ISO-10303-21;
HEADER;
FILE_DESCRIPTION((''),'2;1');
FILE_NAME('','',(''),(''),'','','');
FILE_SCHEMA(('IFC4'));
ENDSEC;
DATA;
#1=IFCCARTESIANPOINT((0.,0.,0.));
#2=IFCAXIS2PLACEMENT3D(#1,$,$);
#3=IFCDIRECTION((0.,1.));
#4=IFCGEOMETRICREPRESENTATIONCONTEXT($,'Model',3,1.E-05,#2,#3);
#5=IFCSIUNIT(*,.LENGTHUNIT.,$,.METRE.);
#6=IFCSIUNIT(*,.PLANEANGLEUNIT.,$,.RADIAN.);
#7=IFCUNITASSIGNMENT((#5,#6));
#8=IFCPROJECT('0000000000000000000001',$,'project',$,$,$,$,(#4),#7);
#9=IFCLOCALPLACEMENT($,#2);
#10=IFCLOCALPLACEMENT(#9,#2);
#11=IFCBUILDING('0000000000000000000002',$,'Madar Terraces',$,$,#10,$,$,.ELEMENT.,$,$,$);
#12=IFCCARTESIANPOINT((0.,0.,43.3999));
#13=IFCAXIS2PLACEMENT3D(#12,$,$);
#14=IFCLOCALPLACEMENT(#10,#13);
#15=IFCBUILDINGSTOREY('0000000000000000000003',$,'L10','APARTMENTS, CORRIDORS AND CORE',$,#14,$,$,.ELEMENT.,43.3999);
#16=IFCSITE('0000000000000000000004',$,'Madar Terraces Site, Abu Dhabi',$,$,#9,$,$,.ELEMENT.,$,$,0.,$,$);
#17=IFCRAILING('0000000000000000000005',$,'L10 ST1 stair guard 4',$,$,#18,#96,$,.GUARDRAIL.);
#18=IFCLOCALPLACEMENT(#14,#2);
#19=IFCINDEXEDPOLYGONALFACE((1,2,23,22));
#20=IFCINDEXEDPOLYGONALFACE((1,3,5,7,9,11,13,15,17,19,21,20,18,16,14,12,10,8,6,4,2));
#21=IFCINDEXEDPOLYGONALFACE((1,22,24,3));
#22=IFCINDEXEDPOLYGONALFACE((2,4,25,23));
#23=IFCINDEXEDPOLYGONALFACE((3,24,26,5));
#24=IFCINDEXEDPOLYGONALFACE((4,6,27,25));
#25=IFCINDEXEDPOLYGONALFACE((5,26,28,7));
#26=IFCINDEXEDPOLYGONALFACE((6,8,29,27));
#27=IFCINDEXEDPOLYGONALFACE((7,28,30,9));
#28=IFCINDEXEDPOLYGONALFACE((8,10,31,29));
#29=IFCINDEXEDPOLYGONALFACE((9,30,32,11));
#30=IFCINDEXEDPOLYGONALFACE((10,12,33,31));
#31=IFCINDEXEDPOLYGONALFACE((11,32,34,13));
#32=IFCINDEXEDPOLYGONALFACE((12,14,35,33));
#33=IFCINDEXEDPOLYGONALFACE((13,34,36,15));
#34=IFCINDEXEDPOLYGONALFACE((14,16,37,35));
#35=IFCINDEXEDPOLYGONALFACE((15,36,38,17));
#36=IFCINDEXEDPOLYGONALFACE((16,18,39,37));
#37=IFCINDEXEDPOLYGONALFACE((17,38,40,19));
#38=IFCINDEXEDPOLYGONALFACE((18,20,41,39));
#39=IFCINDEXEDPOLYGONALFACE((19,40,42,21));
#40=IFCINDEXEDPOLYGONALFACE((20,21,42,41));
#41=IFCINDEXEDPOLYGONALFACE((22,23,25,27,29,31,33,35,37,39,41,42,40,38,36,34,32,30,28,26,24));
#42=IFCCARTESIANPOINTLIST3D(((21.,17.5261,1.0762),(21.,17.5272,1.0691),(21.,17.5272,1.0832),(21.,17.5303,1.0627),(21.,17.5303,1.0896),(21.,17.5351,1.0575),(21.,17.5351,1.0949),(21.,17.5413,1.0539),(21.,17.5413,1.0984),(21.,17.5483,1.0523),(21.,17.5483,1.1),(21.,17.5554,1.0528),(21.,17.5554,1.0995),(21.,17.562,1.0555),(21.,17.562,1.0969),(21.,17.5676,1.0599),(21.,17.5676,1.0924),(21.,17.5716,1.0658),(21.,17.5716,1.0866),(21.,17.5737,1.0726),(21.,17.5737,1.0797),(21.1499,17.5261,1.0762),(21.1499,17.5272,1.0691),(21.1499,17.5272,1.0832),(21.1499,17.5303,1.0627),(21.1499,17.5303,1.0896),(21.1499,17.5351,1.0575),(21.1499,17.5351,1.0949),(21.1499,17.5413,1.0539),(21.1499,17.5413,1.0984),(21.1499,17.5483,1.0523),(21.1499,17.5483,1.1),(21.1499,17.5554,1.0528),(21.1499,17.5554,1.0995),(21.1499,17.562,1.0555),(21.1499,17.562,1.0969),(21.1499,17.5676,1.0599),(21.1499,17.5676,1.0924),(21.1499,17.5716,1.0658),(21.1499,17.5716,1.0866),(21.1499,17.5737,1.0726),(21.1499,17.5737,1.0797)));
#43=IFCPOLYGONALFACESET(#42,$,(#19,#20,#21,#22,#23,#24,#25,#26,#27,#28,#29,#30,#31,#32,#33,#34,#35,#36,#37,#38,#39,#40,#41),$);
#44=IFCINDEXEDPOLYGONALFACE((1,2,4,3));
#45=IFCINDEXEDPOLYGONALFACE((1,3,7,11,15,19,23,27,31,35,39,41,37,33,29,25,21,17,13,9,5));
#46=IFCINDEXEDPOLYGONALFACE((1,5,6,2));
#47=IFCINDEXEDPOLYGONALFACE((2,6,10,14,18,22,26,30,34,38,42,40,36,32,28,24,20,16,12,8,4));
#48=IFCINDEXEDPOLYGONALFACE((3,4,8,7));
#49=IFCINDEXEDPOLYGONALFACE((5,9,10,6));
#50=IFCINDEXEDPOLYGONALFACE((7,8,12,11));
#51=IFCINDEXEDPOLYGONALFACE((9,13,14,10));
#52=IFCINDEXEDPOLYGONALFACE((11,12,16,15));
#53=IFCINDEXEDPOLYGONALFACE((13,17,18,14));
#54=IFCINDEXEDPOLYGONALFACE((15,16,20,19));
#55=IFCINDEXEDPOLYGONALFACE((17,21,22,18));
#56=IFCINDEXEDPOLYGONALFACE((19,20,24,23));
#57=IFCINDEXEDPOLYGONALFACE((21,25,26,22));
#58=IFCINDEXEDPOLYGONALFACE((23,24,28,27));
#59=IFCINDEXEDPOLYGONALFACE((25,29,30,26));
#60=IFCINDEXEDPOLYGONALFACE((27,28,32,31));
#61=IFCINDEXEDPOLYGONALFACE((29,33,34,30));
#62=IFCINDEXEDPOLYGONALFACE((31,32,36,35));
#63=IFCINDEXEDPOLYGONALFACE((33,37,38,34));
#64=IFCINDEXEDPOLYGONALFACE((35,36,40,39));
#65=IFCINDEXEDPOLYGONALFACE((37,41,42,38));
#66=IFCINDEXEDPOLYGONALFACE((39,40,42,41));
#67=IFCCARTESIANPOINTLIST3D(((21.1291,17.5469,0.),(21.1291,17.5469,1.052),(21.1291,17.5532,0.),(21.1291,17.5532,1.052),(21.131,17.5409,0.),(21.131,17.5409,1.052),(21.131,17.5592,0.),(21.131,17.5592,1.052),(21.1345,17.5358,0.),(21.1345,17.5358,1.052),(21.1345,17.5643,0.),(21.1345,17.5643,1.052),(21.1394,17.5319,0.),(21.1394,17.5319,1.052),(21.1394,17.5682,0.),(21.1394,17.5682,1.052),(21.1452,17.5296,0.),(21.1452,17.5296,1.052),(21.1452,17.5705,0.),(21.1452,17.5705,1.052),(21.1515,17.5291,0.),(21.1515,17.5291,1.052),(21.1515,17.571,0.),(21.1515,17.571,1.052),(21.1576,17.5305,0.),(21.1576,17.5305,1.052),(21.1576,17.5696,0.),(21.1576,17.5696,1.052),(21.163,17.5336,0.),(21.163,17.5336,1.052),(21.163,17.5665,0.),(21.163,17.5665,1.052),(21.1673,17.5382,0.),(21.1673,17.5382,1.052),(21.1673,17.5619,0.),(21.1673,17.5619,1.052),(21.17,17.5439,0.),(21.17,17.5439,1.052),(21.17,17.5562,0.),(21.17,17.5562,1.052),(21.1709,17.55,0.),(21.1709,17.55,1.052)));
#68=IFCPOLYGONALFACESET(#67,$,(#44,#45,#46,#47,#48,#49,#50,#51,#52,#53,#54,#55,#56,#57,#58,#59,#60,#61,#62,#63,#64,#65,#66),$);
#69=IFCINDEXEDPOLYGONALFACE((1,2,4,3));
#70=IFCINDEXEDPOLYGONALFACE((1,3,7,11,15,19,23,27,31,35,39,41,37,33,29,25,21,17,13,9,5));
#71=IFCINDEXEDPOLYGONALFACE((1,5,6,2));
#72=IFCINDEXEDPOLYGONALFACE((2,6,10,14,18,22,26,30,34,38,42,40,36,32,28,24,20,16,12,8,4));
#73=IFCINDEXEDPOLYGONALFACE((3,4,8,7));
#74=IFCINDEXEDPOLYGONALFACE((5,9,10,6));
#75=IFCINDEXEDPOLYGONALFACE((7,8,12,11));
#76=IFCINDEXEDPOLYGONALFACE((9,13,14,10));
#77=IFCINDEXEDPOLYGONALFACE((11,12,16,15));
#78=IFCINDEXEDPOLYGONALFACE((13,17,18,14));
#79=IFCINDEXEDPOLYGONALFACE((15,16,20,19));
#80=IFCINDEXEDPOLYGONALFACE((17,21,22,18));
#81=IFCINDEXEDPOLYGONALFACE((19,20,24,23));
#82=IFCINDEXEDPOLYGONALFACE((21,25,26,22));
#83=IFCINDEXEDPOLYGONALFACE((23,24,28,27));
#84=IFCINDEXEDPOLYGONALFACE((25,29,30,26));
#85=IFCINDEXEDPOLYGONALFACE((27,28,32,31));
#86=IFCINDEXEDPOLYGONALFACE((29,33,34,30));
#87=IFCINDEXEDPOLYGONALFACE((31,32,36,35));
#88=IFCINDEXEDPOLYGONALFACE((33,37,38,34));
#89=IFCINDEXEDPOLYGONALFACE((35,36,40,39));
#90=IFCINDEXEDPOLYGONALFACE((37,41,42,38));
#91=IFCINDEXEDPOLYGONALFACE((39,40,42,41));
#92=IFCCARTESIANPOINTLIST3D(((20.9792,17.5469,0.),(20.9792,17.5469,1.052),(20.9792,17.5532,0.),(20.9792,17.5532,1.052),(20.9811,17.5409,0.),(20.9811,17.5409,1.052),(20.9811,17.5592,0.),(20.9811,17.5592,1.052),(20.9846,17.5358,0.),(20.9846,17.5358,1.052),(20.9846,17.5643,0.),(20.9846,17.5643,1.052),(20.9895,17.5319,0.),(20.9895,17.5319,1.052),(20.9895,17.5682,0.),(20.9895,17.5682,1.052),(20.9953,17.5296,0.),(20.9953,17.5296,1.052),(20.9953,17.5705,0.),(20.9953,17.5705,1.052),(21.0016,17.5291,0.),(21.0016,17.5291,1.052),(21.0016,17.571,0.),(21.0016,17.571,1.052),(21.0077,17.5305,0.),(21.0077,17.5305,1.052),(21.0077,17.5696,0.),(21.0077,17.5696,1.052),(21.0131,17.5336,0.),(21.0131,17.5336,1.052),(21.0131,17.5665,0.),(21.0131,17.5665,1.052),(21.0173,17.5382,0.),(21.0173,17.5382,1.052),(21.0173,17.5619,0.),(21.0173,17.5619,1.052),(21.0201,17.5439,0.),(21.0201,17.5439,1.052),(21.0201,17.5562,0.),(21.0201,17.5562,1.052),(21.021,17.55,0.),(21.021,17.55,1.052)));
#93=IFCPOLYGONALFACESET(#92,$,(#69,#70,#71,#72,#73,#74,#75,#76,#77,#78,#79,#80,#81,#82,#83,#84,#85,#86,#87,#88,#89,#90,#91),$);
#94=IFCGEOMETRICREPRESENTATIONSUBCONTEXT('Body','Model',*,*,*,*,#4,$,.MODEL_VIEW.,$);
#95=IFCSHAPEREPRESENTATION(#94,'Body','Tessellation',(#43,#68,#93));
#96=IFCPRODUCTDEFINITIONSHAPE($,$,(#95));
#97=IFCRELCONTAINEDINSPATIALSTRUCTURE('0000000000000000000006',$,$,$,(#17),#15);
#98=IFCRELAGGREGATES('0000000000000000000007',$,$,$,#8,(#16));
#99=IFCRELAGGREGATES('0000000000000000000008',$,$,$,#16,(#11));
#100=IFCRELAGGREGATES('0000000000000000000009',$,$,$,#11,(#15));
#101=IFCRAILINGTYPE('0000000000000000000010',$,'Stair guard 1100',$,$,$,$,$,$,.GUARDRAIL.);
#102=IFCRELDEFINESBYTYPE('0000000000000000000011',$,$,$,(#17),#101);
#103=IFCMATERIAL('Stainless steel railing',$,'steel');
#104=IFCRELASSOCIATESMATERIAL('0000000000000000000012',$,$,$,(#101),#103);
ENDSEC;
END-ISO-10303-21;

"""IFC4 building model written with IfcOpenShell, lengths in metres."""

from ifc_helpers import new_model, si_unit, direction, frame, origin, origin_2d, place, context, subcontext, project, spatial, circle, extrude, material, type_object, element, save


model = new_model("IFC4")

# Units and contexts
model_context = context("Model", 3, precision=1e-05, world=origin(), true_north=direction((0.0, 1.0)))
body_context = subcontext(model_context, "Body", "Model", "MODEL_VIEW")
ifc_project = project(units=[si_unit("LENGTHUNIT", "METRE"), si_unit("PLANEANGLEUNIT", "RADIAN")], contexts=[model_context])

# Site, building, storey
site_placement = place(None, origin())
site = spatial("IfcSite", under=ifc_project, at=site_placement, Name="Madar Terraces Site, Abu Dhabi", CompositionType="ELEMENT", RefElevation=0.0)
building_placement = place(site_placement, origin())
building = spatial("IfcBuilding", under=site, at=building_placement, Name="Madar Terraces", CompositionType="ELEMENT")
storey_placement = place(building_placement, frame((0.0, 0.0, 43.3999)))
storey = spatial("IfcBuildingStorey", under=building, at=storey_placement, Name="L10", Description="APARTMENTS, CORRIDORS AND CORE", CompositionType="ELEMENT", Elevation=43.3999)

# Railing
ifc_material_1 = material(Name="Stainless steel railing", Category="steel")
railing_type_1 = type_object("IfcRailingType", Name="Stair guard 1100", PredefinedType="GUARDRAIL", material=ifc_material_1)
railing_1_placement = place(storey_placement, frame((21.1499, 17.55, 0.0)))
element("IfcRailing", 1, at=railing_1_placement, inside=storey, type_object=railing_type_1, Name="L10 ST1 stair guard 4", PredefinedType="GUARDRAIL", context=body_context, shape_type="SweptSolid", body=[
    extrude(circle(Radius=0.0239, at=origin_2d()), frame((0.0, 0.0, 1.0762), z_axis=(-1.0, 0.0, 0.0), x_axis=(0.0, -1.0, 0.0)), (0.0, 0.0, 1.0), 0.1499),
    extrude(circle(Radius=0.021, at=origin_2d()), origin(), (0.0, 0.0, 1.0), 1.052),
    extrude(circle(Radius=0.021, at=origin_2d()), frame((-0.1499, 0.0, 0.0)), (0.0, 0.0, 1.0), 1.052),
])

save(model, "model.ifc")
